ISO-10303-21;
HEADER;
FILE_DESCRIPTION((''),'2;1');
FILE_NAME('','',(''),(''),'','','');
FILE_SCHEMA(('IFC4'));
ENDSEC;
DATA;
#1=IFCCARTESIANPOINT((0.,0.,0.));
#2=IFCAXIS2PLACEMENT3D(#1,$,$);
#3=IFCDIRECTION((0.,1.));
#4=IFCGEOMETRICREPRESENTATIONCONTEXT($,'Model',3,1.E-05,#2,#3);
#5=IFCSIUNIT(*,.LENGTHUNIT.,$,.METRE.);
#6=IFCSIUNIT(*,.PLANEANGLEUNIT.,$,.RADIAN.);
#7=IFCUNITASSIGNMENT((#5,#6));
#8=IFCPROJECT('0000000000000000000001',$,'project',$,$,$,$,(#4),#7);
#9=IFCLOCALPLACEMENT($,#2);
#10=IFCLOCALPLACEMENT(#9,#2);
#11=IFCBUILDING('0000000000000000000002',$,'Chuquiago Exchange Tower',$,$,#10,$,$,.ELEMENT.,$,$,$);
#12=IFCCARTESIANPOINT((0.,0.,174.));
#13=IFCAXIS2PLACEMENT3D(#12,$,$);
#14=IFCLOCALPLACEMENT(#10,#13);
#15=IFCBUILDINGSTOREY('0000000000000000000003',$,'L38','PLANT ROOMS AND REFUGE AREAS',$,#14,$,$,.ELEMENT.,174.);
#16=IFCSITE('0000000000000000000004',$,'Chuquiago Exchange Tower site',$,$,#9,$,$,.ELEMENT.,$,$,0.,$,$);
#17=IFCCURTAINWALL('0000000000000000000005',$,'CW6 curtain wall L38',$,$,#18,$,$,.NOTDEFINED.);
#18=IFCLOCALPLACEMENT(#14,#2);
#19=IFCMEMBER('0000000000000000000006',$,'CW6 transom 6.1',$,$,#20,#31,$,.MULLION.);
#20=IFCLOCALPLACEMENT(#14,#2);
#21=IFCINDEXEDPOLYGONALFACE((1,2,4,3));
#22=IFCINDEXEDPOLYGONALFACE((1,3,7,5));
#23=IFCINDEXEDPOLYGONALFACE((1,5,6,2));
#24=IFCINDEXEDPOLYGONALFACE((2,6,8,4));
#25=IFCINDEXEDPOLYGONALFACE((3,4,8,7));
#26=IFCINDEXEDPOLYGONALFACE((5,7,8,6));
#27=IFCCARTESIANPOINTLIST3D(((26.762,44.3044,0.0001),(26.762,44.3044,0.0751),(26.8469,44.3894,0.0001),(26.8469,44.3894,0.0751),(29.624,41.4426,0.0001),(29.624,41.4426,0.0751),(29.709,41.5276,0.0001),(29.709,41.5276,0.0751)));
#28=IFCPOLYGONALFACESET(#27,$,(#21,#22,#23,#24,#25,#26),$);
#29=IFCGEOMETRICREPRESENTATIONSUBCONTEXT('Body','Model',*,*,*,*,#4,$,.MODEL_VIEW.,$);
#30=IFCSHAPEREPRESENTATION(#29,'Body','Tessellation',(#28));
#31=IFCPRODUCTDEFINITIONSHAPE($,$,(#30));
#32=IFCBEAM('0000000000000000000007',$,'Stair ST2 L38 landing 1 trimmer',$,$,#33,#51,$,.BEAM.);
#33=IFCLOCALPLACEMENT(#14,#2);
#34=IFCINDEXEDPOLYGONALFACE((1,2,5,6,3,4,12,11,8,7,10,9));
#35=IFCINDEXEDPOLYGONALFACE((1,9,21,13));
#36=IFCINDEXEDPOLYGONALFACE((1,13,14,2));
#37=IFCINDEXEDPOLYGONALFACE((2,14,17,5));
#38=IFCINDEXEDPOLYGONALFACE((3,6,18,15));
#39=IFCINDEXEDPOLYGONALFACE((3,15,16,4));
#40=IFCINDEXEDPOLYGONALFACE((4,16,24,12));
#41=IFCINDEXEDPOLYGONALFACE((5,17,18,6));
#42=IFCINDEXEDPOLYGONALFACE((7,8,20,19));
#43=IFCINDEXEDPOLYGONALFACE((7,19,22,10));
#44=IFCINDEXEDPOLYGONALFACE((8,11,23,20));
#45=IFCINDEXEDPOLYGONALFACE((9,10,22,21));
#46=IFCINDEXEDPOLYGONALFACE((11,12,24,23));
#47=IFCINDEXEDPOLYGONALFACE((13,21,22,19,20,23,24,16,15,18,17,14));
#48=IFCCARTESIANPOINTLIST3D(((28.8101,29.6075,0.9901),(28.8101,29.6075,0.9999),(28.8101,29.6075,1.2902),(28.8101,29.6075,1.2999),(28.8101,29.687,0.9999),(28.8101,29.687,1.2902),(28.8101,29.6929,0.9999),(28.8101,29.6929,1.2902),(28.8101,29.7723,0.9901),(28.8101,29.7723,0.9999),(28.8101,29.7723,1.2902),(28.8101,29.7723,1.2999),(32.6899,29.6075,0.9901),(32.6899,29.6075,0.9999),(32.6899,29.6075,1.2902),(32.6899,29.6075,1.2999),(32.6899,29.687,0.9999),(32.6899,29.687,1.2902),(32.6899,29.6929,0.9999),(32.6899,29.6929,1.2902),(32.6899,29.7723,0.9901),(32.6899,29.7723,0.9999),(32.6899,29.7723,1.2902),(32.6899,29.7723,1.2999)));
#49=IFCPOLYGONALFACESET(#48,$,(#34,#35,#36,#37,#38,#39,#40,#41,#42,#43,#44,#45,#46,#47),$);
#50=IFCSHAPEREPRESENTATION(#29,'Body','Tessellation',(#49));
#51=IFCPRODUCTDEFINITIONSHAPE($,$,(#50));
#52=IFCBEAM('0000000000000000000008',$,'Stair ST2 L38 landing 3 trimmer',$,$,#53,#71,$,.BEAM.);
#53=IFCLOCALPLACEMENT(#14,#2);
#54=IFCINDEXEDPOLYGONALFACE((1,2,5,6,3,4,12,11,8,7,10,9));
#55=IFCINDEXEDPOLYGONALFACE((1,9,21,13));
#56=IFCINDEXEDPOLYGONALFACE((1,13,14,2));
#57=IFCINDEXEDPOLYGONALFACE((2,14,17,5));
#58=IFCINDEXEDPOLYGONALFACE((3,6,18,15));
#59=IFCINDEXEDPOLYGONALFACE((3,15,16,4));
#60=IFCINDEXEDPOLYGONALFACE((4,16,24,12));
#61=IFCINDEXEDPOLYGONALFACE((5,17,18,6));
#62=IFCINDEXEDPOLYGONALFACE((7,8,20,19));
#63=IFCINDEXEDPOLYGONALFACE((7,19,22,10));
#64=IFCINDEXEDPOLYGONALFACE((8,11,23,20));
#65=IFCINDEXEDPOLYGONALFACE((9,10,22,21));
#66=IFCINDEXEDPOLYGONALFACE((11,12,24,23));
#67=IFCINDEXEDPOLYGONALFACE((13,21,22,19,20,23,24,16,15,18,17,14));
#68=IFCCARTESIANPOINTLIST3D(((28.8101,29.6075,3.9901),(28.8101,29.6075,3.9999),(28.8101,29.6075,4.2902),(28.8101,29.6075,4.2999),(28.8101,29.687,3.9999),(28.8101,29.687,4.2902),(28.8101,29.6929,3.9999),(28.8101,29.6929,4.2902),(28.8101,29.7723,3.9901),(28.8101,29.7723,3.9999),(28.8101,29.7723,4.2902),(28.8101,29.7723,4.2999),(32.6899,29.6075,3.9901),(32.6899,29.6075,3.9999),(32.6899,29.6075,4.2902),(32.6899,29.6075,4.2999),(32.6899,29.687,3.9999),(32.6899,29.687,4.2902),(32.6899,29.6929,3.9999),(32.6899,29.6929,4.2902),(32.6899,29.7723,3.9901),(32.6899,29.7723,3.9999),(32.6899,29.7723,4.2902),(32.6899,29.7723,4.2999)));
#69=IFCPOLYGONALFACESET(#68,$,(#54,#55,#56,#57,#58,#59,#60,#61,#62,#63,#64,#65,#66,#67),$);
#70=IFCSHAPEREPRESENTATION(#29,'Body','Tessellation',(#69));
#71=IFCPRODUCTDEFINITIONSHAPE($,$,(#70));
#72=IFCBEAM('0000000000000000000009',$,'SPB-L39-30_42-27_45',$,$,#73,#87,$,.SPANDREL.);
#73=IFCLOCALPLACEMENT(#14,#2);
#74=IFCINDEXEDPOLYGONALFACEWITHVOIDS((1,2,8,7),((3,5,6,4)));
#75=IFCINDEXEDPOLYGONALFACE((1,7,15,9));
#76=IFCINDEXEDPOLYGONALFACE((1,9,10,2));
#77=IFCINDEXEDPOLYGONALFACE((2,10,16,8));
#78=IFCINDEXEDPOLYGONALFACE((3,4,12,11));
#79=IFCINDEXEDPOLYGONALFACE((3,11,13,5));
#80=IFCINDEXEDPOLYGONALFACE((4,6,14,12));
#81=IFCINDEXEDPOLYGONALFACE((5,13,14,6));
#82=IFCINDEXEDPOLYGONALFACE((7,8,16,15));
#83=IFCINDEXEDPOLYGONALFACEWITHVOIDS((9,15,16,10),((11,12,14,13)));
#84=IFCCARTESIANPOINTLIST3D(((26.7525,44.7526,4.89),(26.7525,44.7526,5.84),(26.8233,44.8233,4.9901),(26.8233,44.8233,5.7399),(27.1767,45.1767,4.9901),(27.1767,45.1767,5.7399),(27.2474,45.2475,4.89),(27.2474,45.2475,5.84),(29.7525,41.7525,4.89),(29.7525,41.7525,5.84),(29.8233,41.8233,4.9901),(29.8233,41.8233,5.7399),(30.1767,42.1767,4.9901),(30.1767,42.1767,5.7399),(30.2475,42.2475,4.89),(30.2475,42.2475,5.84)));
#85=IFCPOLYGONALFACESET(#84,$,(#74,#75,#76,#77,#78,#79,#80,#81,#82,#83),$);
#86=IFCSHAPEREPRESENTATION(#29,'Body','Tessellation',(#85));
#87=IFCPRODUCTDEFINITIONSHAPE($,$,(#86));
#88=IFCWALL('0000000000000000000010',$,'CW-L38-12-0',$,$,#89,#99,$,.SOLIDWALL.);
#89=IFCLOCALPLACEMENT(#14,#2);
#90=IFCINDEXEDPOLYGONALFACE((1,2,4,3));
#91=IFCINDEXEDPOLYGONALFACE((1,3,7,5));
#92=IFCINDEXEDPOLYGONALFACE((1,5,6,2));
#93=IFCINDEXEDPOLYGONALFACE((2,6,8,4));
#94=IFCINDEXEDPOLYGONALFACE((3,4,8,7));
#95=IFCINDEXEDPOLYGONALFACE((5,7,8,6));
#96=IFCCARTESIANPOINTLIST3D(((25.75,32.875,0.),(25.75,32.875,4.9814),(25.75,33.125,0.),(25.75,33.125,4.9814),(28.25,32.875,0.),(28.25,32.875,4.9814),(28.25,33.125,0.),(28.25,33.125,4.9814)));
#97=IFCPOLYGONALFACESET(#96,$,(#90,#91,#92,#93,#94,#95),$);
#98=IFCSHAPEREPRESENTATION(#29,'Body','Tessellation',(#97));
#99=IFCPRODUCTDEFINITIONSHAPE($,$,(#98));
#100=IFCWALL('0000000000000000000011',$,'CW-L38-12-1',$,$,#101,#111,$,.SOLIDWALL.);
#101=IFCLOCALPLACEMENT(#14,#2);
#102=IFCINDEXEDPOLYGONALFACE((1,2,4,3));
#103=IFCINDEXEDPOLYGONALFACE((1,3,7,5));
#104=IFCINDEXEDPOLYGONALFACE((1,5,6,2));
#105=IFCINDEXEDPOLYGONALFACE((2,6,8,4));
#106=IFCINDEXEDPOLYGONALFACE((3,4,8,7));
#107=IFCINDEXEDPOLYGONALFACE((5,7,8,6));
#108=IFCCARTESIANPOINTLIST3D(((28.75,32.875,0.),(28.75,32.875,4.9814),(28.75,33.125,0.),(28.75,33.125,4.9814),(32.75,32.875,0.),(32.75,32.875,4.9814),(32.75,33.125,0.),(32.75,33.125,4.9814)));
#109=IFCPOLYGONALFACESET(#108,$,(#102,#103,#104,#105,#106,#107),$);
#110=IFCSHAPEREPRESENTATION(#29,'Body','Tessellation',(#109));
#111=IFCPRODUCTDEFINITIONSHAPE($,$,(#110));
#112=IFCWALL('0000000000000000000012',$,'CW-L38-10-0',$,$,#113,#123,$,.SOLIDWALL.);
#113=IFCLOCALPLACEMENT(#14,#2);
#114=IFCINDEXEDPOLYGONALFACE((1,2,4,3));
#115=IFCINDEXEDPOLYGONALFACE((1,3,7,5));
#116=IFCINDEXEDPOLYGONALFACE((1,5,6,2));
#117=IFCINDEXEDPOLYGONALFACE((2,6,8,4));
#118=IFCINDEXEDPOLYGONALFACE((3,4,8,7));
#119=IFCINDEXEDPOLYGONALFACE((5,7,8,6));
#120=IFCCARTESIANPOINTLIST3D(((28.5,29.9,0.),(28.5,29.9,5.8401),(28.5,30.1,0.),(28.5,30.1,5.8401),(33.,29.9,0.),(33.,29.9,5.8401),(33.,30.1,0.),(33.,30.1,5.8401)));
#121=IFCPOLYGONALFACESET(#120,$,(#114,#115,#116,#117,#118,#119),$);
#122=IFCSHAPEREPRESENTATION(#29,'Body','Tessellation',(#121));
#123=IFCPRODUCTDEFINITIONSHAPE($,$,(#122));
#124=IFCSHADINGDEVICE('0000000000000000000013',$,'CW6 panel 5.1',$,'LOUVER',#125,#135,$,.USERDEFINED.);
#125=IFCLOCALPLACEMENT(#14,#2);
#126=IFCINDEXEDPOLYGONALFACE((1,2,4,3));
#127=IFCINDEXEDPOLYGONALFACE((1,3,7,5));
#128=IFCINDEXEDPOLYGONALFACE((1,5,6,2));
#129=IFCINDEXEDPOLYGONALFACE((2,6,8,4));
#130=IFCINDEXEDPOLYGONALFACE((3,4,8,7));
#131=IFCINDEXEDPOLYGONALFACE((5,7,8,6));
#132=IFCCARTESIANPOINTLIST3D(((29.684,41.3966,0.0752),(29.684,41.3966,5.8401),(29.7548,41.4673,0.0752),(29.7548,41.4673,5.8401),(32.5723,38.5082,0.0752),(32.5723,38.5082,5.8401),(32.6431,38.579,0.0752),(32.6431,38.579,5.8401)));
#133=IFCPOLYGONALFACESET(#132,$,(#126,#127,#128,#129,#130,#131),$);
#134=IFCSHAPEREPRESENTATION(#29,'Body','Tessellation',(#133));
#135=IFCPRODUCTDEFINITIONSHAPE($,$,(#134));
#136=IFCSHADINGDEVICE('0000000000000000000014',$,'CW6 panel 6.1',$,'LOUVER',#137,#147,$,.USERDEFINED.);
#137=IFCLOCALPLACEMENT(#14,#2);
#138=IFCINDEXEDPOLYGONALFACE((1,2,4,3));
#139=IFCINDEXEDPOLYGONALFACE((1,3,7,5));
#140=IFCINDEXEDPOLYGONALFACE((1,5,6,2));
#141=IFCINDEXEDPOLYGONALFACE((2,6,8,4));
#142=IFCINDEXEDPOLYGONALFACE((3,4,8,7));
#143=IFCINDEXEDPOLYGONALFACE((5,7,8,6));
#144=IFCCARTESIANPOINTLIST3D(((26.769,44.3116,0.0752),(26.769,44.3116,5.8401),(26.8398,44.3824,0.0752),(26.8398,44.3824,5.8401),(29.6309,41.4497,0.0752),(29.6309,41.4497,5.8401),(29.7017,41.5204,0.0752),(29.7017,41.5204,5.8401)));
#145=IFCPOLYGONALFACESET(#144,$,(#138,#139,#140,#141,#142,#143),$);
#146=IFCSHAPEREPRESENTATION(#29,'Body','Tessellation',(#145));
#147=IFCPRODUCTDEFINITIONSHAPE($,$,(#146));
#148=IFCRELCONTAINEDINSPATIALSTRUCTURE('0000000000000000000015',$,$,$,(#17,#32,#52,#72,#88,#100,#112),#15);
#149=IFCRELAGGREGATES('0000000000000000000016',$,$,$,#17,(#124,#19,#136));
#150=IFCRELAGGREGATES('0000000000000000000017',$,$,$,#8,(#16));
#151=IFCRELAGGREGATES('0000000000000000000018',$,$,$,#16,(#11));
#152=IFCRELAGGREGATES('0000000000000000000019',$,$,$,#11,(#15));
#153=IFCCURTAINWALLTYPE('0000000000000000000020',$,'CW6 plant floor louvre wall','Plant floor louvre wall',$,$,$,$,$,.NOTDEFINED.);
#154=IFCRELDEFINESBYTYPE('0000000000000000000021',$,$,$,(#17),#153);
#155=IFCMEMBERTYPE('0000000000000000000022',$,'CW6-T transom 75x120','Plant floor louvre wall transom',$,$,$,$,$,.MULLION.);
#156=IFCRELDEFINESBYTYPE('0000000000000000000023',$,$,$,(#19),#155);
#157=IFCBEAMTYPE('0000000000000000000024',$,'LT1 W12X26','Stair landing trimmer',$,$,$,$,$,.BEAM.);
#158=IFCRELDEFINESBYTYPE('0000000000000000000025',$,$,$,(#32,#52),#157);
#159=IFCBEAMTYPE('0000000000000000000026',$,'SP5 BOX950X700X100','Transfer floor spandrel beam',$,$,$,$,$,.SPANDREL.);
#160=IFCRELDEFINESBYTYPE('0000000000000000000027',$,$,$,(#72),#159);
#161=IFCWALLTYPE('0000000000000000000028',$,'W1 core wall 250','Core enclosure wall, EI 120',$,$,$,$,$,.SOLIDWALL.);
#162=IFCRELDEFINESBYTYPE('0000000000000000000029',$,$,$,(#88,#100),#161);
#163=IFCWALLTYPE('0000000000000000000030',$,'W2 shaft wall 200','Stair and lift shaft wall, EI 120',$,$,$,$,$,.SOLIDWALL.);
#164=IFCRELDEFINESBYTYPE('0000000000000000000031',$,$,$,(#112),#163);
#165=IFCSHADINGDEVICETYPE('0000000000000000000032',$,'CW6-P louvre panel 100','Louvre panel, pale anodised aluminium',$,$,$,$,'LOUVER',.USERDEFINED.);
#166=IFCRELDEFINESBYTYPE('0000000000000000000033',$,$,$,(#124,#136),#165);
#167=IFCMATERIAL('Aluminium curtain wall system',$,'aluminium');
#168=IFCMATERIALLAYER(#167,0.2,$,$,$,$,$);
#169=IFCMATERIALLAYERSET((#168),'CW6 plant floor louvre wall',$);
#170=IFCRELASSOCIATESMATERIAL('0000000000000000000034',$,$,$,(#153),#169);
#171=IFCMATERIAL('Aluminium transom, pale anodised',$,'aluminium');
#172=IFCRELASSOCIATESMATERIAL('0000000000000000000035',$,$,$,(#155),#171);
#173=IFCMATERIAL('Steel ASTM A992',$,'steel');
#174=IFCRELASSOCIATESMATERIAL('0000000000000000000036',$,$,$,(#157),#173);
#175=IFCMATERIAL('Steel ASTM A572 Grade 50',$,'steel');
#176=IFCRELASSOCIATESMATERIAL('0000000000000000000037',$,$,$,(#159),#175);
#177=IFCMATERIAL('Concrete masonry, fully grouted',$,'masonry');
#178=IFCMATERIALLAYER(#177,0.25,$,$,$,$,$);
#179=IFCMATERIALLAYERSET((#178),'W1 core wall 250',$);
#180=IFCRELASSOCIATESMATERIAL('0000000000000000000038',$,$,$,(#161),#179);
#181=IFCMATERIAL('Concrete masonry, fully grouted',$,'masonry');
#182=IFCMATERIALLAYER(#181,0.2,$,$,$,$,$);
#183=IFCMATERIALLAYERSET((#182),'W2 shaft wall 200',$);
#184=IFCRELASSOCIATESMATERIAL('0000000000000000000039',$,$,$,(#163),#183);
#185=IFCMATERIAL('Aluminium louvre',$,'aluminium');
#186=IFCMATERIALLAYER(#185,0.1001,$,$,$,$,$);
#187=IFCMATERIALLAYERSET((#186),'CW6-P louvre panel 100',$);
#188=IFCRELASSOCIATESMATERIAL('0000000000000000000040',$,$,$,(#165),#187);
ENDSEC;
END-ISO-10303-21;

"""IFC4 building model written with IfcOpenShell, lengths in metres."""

from ifc_helpers import new_model, si_unit, direction, frame, frame_2d, origin, origin_2d, place, context, subcontext, project, spatial, rectangle, hollow_rectangle, i_section, extrude, material, layer, layer_set, material_profile, profile_set, type_object, element, aggregate, save


model = new_model("IFC4")

# Units and contexts
model_context = context("Model", 3, precision=1e-05, world=origin(), true_north=direction((0.0, 1.0)))
body_context = subcontext(model_context, "Body", "Model", "MODEL_VIEW")
ifc_project = project(units=[si_unit("LENGTHUNIT", "METRE"), si_unit("PLANEANGLEUNIT", "RADIAN")], contexts=[model_context])

# Site, building, storey
site_placement = place(None, origin())
site = spatial("IfcSite", under=ifc_project, at=site_placement, Name="Chuquiago Exchange Tower site", CompositionType="ELEMENT", RefElevation=0.0)
building_placement = place(site_placement, origin())
building = spatial("IfcBuilding", under=site, at=building_placement, Name="Chuquiago Exchange Tower", CompositionType="ELEMENT")
storey_placement = place(building_placement, frame((0.0, 0.0, 174.0)))
storey = spatial("IfcBuildingStorey", under=building, at=storey_placement, Name="L38", Description="PLANT ROOMS AND REFUGE AREAS", CompositionType="ELEMENT", Elevation=174.0)

# Curtain wall, member
ifc_material_1 = material(Name="Aluminium curtain wall system", Category="aluminium")
ifc_layer_1 = layer(ifc_material_1, 0.2)
ifc_layer_set_1 = layer_set([ifc_layer_1], Name="CW6 plant floor louvre wall")
curtain_wall_type = type_object("IfcCurtainWallType", Name="CW6 plant floor louvre wall", Description="Plant floor louvre wall", PredefinedType="NOTDEFINED", material=ifc_layer_set_1)
curtain_wall_placement = place(storey_placement, origin())
curtain_wall = element("IfcCurtainWall", 1, at=curtain_wall_placement, inside=storey, type_object=curtain_wall_type, Name="CW6 curtain wall L38", PredefinedType="NOTDEFINED")
ifc_material_2 = material(Name="Aluminium transom, pale anodised", Category="aluminium")
ifc_material_profile_1 = material_profile(ifc_material_2, rectangle(XDim=0.1201, YDim=0.075, at=origin_2d()), Name="AL 120x75")
ifc_profile_set_1 = profile_set([ifc_material_profile_1], Name="Aluminium transom, pale anodised")
member_type_1 = type_object("IfcMemberType", Name="CW6-T transom 75x120", Description="Plant floor louvre wall transom", PredefinedType="MULLION", material=ifc_profile_set_1)
member_1_placement = place(storey_placement, frame((29.6665, 41.4851, 0.0376), z_axis=(-0.707137, 0.707077, 0.0), x_axis=(-0.707077, -0.707137, 0.0)))
member_1 = element("IfcMember", 2, at=member_1_placement, type_object=member_type_1, Name="CW6 transom 6.1", PredefinedType="MULLION", context=body_context, shape_type="SweptSolid", body=[
    extrude(rectangle(XDim=0.1201, YDim=0.075, at=origin_2d()), origin(), (0.0, 0.0, 1.0), 4.0474),
])

# Beams
ifc_material_3 = material(Name="Steel ASTM A992", Category="steel")
ifc_material_profile_2 = material_profile(ifc_material_3, i_section(OverallWidth=0.1648, OverallDepth=0.3098, WebThickness=0.0059, FlangeThickness=0.0098, at=origin_2d()), Name="W12X26")
ifc_profile_set_2 = profile_set([ifc_material_profile_2], Name="Steel ASTM A992")
beam_type_1 = type_object("IfcBeamType", Name="LT1 W12X26", Description="Stair landing trimmer", PredefinedType="BEAM", material=ifc_profile_set_2)
for number, where, z_axis, x_axis, name in (
    (3, (28.8101, 29.6899, 1.145), (1.0, 0.0, 0.0), (0.0, 1.0, 0.0), "Stair ST2 L38 landing 1 trimmer"),
    (4, (28.8101, 29.6899, 4.145), (1.0, 0.0, 0.0), (0.0, 1.0, 0.0), "Stair ST2 L38 landing 3 trimmer"),
):
    element("IfcBeam", number, at=place(storey_placement, frame(where, z_axis=z_axis, x_axis=x_axis)), inside=storey, type_object=beam_type_1, Name=name, PredefinedType="BEAM", context=body_context, shape_type="SweptSolid", body=[
        extrude(i_section(OverallWidth=0.1648, OverallDepth=0.3098, WebThickness=0.0059, FlangeThickness=0.0098, at=origin_2d()), origin(), (0.0, 0.0, 1.0), 3.8799),
    ])
ifc_material_4 = material(Name="Steel ASTM A572 Grade 50", Category="steel")
ifc_material_profile_3 = material_profile(ifc_material_4, hollow_rectangle(XDim=0.7, YDim=0.95, WallThickness=0.1001, at=origin_2d()), Name="BOX950X700X100")
ifc_profile_set_3 = profile_set([ifc_material_profile_3], Name="Steel ASTM A572 Grade 50")
beam_type_2 = type_object("IfcBeamType", Name="SP5 BOX950X700X100", Description="Transfer floor spandrel beam", PredefinedType="SPANDREL", material=ifc_profile_set_3)
beam_1_placement = place(storey_placement, frame((30.0, 42.0, 5.365), z_axis=(-0.707107, 0.707107, 0.0), x_axis=(-0.707107, -0.707107, 0.0)))
element("IfcBeam", 5, at=beam_1_placement, inside=storey, type_object=beam_type_2, Name="SPB-L39-30_42-27_45", PredefinedType="SPANDREL", context=body_context, shape_type="SweptSolid", body=[
    extrude(hollow_rectangle(XDim=0.7, YDim=0.95, WallThickness=0.1001, at=origin_2d()), origin(), (0.0, 0.0, 1.0), 4.2427),
])

# Walls
ifc_material_5 = material(Name="Concrete masonry, fully grouted", Category="masonry")
ifc_layer_2 = layer(ifc_material_5, 0.25)
ifc_layer_set_2 = layer_set([ifc_layer_2], Name="W1 core wall 250")
wall_type_1 = type_object("IfcWallType", Name="W1 core wall 250", Description="Core enclosure wall, EI 120", PredefinedType="SOLIDWALL", material=ifc_layer_set_2)
wall_1_placement = place(storey_placement, frame((25.75, 33.0, 0.0), z_axis=(0.0, 0.0, 1.0), x_axis=(1.0, 0.0, 0.0)))
element("IfcWall", 6, at=wall_1_placement, inside=storey, type_object=wall_type_1, Name="CW-L38-12-0", PredefinedType="SOLIDWALL", context=body_context, shape_type="SweptSolid", body=[
    extrude(rectangle(XDim=2.5, YDim=0.25, at=frame_2d((1.25, 0.0))), origin(), (0.0, 0.0, 1.0), 4.9814),
])
wall_2_placement = place(storey_placement, frame((28.75, 33.0, 0.0), z_axis=(0.0, 0.0, 1.0), x_axis=(1.0, 0.0, 0.0)))
element("IfcWall", 7, at=wall_2_placement, inside=storey, type_object=wall_type_1, Name="CW-L38-12-1", PredefinedType="SOLIDWALL", context=body_context, shape_type="SweptSolid", body=[
    extrude(rectangle(XDim=4.0, YDim=0.25, at=frame_2d((2.0, 0.0))), origin(), (0.0, 0.0, 1.0), 4.9814),
])
ifc_material_6 = material(Name="Concrete masonry, fully grouted", Category="masonry")
ifc_layer_3 = layer(ifc_material_6, 0.2)
ifc_layer_set_3 = layer_set([ifc_layer_3], Name="W2 shaft wall 200")
wall_type_2 = type_object("IfcWallType", Name="W2 shaft wall 200", Description="Stair and lift shaft wall, EI 120", PredefinedType="SOLIDWALL", material=ifc_layer_set_3)
wall_3_placement = place(storey_placement, frame((28.5, 30.0, 0.0), z_axis=(0.0, 0.0, 1.0), x_axis=(1.0, 0.0, 0.0)))
element("IfcWall", 8, at=wall_3_placement, inside=storey, type_object=wall_type_2, Name="CW-L38-10-0", PredefinedType="SOLIDWALL", context=body_context, shape_type="SweptSolid", body=[
    extrude(rectangle(XDim=4.5, YDim=0.2, at=frame_2d((2.25, 0.0))), origin(), (0.0, 0.0, 1.0), 5.8401),
])

# Shading devices
ifc_material_7 = material(Name="Aluminium louvre", Category="aluminium")
ifc_layer_4 = layer(ifc_material_7, 0.1001)
ifc_layer_set_4 = layer_set([ifc_layer_4], Name="CW6-P louvre panel 100")
shading_device_type = type_object("IfcShadingDeviceType", Name="CW6-P louvre panel 100", Description="Louvre panel, pale anodised aluminium", ElementType="LOUVER", PredefinedType="USERDEFINED", material=ifc_layer_set_4)
shading_device_1_placement = place(storey_placement, frame((31.1636, 39.9878, 0.0752), z_axis=(0.0, 0.0, 1.0), x_axis=(-0.707107, 0.707107, 0.0)))
shading_device_1 = element("IfcShadingDevice", 9, at=shading_device_1_placement, type_object=shading_device_type, Name="CW6 panel 5.1", ObjectType="LOUVER", PredefinedType="USERDEFINED", context=body_context, shape_type="SweptSolid", body=[
    extrude(rectangle(XDim=4.0847, YDim=0.1001, at=origin_2d()), origin(), (0.0, 0.0, 1.0), 5.7649),
])
shading_device_2_placement = place(storey_placement, frame((28.2354, 42.916, 0.0752), z_axis=(0.0, 0.0, 1.0), x_axis=(-0.707107, 0.707107, 0.0)))
shading_device_2 = element("IfcShadingDevice", 10, at=shading_device_2_placement, type_object=shading_device_type, Name="CW6 panel 6.1", ObjectType="LOUVER", PredefinedType="USERDEFINED", context=body_context, shape_type="SweptSolid", body=[
    extrude(rectangle(XDim=4.0474, YDim=0.1001, at=origin_2d()), origin(), (0.0, 0.0, 1.0), 5.7649),
])
aggregate(curtain_wall, [shading_device_1, member_1, shading_device_2])

save(model, "model.ifc")
